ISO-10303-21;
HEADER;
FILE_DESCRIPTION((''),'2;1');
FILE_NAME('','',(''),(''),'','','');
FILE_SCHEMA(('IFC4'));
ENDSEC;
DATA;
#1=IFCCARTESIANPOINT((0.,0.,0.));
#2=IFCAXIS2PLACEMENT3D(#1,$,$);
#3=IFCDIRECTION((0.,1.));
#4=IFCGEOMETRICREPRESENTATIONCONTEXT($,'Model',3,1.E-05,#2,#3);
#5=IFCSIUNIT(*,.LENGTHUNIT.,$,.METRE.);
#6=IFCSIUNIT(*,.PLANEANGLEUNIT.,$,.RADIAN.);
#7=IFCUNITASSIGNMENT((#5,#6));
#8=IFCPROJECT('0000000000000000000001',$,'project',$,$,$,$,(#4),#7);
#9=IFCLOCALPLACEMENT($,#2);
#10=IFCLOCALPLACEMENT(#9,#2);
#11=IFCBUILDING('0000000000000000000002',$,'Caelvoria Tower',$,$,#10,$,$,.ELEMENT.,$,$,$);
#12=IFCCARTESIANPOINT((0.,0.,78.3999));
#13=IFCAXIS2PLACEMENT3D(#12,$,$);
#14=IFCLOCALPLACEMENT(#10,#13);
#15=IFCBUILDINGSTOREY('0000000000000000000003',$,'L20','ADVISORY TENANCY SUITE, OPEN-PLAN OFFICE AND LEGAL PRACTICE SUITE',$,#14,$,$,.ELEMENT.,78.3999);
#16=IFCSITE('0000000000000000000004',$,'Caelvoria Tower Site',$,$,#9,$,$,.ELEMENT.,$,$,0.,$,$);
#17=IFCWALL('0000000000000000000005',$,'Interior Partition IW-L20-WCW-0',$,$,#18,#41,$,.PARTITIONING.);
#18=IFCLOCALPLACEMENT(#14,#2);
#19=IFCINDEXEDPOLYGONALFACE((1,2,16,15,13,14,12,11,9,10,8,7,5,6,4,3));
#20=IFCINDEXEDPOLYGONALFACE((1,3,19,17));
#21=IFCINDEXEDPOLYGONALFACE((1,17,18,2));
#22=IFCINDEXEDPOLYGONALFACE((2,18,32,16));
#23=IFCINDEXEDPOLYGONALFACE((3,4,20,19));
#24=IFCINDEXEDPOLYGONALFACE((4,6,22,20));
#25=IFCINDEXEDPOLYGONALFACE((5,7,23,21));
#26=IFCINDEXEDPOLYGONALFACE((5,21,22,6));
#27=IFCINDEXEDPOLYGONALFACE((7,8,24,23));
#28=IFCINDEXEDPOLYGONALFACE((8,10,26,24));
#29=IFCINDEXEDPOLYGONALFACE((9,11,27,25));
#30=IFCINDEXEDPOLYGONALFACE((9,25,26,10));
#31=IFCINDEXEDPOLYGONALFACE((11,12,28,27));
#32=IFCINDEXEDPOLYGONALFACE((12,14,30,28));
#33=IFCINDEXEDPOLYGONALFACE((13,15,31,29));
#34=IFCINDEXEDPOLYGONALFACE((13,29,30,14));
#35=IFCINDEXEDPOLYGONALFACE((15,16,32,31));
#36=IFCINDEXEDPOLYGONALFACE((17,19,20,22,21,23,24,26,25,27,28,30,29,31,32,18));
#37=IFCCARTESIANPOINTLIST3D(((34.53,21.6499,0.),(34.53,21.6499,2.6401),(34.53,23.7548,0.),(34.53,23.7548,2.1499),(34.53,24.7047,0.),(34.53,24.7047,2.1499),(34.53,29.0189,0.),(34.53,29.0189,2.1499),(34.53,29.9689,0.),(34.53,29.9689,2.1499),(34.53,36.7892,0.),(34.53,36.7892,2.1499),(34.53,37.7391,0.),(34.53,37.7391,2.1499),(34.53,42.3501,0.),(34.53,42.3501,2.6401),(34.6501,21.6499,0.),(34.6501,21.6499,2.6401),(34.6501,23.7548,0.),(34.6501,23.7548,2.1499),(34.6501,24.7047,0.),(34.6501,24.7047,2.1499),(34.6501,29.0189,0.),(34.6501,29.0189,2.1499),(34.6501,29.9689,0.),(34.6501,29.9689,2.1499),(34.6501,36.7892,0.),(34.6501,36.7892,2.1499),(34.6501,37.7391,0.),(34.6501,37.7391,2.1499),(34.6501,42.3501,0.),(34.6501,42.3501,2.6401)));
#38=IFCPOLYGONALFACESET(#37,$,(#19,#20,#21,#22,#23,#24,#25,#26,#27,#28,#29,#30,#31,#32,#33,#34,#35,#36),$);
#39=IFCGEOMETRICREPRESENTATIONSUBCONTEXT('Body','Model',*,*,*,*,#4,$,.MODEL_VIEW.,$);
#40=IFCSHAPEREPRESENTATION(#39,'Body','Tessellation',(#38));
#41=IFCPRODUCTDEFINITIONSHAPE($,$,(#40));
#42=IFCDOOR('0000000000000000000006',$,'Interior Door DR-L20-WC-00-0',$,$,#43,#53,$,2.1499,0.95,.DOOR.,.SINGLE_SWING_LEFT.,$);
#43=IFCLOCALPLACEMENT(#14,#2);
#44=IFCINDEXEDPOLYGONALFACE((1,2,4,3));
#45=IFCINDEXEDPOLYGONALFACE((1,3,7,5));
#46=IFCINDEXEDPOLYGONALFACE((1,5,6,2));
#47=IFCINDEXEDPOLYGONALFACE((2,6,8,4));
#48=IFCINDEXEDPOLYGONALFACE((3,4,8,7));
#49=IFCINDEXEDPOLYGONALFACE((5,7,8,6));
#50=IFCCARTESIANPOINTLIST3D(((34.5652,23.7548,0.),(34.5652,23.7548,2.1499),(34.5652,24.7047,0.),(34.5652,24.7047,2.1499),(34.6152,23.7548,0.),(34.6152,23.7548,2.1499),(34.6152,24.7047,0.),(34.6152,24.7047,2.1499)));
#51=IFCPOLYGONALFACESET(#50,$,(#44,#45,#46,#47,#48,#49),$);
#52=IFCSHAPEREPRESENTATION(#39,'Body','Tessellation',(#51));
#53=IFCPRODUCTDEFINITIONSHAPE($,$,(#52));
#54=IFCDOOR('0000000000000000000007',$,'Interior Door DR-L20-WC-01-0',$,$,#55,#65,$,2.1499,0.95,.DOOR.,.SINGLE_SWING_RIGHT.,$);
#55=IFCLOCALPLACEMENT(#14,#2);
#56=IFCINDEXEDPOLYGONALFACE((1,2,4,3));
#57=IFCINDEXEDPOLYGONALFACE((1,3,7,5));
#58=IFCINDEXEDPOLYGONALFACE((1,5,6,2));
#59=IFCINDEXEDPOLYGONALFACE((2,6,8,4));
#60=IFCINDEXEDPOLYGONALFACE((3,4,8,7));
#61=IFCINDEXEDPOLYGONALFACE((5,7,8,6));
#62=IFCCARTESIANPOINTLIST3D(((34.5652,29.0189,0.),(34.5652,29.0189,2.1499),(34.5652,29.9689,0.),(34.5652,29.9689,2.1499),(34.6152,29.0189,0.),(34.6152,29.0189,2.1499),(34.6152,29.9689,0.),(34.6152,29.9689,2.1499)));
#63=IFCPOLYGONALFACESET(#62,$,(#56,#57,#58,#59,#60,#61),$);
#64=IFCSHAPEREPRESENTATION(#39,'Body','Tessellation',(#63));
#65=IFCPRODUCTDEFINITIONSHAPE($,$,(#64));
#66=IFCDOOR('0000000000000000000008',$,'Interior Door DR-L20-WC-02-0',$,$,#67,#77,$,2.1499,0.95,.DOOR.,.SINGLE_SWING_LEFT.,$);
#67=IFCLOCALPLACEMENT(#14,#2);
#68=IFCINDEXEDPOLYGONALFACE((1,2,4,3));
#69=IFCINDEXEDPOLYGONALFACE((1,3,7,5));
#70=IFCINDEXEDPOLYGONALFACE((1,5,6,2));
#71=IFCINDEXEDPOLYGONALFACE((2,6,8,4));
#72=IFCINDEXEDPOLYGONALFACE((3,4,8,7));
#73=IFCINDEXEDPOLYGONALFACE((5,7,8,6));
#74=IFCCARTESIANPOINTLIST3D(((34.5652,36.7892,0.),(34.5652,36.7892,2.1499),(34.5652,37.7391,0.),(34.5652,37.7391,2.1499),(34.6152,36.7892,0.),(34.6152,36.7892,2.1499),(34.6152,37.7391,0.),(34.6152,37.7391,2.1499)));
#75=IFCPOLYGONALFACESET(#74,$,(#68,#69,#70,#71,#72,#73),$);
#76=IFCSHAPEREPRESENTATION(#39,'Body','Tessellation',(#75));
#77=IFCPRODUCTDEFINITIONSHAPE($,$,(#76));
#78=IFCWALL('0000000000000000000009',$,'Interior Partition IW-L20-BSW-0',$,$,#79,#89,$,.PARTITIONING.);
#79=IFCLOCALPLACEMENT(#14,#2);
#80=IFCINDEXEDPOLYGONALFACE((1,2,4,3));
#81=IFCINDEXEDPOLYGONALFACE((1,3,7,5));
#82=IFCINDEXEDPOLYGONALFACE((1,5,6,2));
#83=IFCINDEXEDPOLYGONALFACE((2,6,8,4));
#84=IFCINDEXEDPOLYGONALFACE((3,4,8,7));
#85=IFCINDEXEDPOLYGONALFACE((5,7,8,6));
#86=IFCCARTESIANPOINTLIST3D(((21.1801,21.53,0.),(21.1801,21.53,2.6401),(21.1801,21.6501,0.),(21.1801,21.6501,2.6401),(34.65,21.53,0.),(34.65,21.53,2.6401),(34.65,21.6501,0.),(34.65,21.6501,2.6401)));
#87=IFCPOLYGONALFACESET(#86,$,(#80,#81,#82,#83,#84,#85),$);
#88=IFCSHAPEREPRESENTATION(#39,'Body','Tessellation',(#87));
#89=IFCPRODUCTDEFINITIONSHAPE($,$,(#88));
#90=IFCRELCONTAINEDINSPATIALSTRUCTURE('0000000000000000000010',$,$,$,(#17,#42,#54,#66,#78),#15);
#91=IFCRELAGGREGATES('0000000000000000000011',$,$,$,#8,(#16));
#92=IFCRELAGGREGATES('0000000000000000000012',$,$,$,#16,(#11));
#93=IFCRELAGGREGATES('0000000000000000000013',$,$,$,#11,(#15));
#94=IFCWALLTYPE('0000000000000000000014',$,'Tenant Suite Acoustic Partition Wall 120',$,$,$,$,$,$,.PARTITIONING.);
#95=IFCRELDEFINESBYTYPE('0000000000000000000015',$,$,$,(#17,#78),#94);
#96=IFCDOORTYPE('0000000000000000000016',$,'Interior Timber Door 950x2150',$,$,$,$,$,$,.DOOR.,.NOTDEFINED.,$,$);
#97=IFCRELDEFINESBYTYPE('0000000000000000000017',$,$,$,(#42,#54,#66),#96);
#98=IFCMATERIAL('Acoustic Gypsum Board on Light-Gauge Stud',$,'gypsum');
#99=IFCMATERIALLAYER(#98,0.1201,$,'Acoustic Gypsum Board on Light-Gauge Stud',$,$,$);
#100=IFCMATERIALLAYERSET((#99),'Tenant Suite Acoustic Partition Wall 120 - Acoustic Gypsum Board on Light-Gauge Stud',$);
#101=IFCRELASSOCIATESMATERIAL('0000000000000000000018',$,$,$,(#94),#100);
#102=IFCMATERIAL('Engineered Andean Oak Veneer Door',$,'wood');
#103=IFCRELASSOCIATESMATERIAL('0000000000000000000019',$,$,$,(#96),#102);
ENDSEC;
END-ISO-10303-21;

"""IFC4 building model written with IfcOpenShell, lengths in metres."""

from ifc_helpers import new_model, si_unit, direction, frame, frame_2d, origin, place, context, subcontext, project, spatial, rectangle, extrude, material, layer, layer_set, type_object, element, fill, save


model = new_model("IFC4")

# Units and contexts
model_context = context("Model", 3, precision=1e-05, world=origin(), true_north=direction((0.0, 1.0)))
body_context = subcontext(model_context, "Body", "Model", "MODEL_VIEW")
ifc_project = project(units=[si_unit("LENGTHUNIT", "METRE"), si_unit("PLANEANGLEUNIT", "RADIAN")], contexts=[model_context])

# Site, building, storey
site_placement = place(None, origin())
site = spatial("IfcSite", under=ifc_project, at=site_placement, Name="Caelvoria Tower Site", CompositionType="ELEMENT", RefElevation=0.0)
building_placement = place(site_placement, origin())
building = spatial("IfcBuilding", under=site, at=building_placement, Name="Caelvoria Tower", CompositionType="ELEMENT")
storey_placement = place(building_placement, frame((0.0, 0.0, 78.3999)))
storey = spatial("IfcBuildingStorey", under=building, at=storey_placement, Name="L20", Description="ADVISORY TENANCY SUITE, OPEN-PLAN OFFICE AND LEGAL PRACTICE SUITE", CompositionType="ELEMENT", Elevation=78.3999)

# Shared definitions
ifc_material_1 = material(Name="Acoustic Gypsum Board on Light-Gauge Stud", Category="gypsum")
ifc_layer_1 = layer(ifc_material_1, 0.1201, Name="Acoustic Gypsum Board on Light-Gauge Stud")
ifc_layer_set_1 = layer_set([ifc_layer_1], Name="Tenant Suite Acoustic Partition Wall 120 - Acoustic Gypsum Board on Light-Gauge Stud")
wall_type_1 = type_object("IfcWallType", Name="Tenant Suite Acoustic Partition Wall 120", PredefinedType="PARTITIONING", material=ifc_layer_set_1)
ifc_material_2 = material(Name="Engineered Andean Oak Veneer Door", Category="wood")
door_type_1 = type_object("IfcDoorType", Name="Interior Timber Door 950x2150", OperationType="NOTDEFINED", PredefinedType="DOOR", material=ifc_material_2)

# Wall, openings, doors
wall_1_placement = place(storey_placement, frame((34.5901, 21.6499, 0.0), z_axis=(0.0, 0.0, 1.0), x_axis=(0.0, 1.0, 0.0)))
wall_1 = element("IfcWall", 1, at=wall_1_placement, inside=storey, type_object=wall_type_1, Name="Interior Partition IW-L20-WCW-0", PredefinedType="PARTITIONING", context=body_context, shape_type="SweptSolid", body=[
    extrude(rectangle(XDim=20.7002, YDim=0.1201, at=frame_2d((10.3501, 0.0))), origin(), (0.0, 0.0, 1.0), 2.6401),
])
opening_1_placement = place(wall_1_placement, frame((2.1047, 0.0, 0.0)))
opening_1 = element("IfcOpeningElement", 2, at=opening_1_placement, cuts=wall_1, PredefinedType="OPENING", context=body_context, shape_type="SweptSolid", body=[
    extrude(rectangle(XDim=0.95, YDim=2.1499, at=frame_2d((0.4751, 1.075))), frame((0.0, 0.0701, 0.0), z_axis=(0.0, -1.0, 0.0), x_axis=(1.0, 0.0, 0.0)), (0.0, 0.0, 1.0), 0.1401),
])
opening_2_placement = place(wall_1_placement, frame((7.3689, 0.0, 0.0)))
opening_2 = element("IfcOpeningElement", 3, at=opening_2_placement, cuts=wall_1, PredefinedType="OPENING", context=body_context, shape_type="SweptSolid", body=[
    extrude(rectangle(XDim=0.95, YDim=2.1499, at=frame_2d((0.4751, 1.075))), frame((0.0, 0.0701, 0.0), z_axis=(0.0, -1.0, 0.0), x_axis=(1.0, 0.0, 0.0)), (0.0, 0.0, 1.0), 0.1401),
])
opening_3_placement = place(wall_1_placement, frame((15.1392, 0.0, 0.0)))
opening_3 = element("IfcOpeningElement", 4, at=opening_3_placement, cuts=wall_1, PredefinedType="OPENING", context=body_context, shape_type="SweptSolid", body=[
    extrude(rectangle(XDim=0.95, YDim=2.1499, at=frame_2d((0.4751, 1.075))), frame((0.0, 0.0701, 0.0), z_axis=(0.0, -1.0, 0.0), x_axis=(1.0, 0.0, 0.0)), (0.0, 0.0, 1.0), 0.1401),
])
door_1_placement = place(opening_1_placement, origin())
door_1 = element("IfcDoor", 5, at=door_1_placement, inside=storey, type_object=door_type_1, Name="Interior Door DR-L20-WC-00-0", OperationType="SINGLE_SWING_LEFT", OverallHeight=2.1499, OverallWidth=0.95, PredefinedType="DOOR", context=body_context, shape_type="SweptSolid", body=[
    extrude(rectangle(XDim=0.95, YDim=2.1499, at=frame_2d((0.4751, 1.075))), frame((0.0, 0.0249, 0.0), z_axis=(0.0, -1.0, 0.0), x_axis=(1.0, 0.0, 0.0)), (0.0, 0.0, 1.0), 0.05),
])
fill(opening_1, door_1)
door_2_placement = place(opening_2_placement, origin())
door_2 = element("IfcDoor", 6, at=door_2_placement, inside=storey, type_object=door_type_1, Name="Interior Door DR-L20-WC-01-0", OperationType="SINGLE_SWING_RIGHT", OverallHeight=2.1499, OverallWidth=0.95, PredefinedType="DOOR", context=body_context, shape_type="SweptSolid", body=[
    extrude(rectangle(XDim=0.95, YDim=2.1499, at=frame_2d((0.4751, 1.075))), frame((0.0, 0.0249, 0.0), z_axis=(0.0, -1.0, 0.0), x_axis=(1.0, 0.0, 0.0)), (0.0, 0.0, 1.0), 0.05),
])
fill(opening_2, door_2)
door_3_placement = place(opening_3_placement, origin())
door_3 = element("IfcDoor", 7, at=door_3_placement, inside=storey, type_object=door_type_1, Name="Interior Door DR-L20-WC-02-0", OperationType="SINGLE_SWING_LEFT", OverallHeight=2.1499, OverallWidth=0.95, PredefinedType="DOOR", context=body_context, shape_type="SweptSolid", body=[
    extrude(rectangle(XDim=0.95, YDim=2.1499, at=frame_2d((0.4751, 1.075))), frame((0.0, 0.0249, 0.0), z_axis=(0.0, -1.0, 0.0), x_axis=(1.0, 0.0, 0.0)), (0.0, 0.0, 1.0), 0.05),
])
fill(opening_3, door_3)

# Wall
wall_2_placement = place(storey_placement, frame((34.6499, 21.5901, 0.0), z_axis=(0.0, 0.0, 1.0), x_axis=(-1.0, 0.0, 0.0)))
element("IfcWall", 8, at=wall_2_placement, inside=storey, type_object=wall_type_1, Name="Interior Partition IW-L20-BSW-0", PredefinedType="PARTITIONING", context=body_context, shape_type="SweptSolid", body=[
    extrude(rectangle(XDim=13.47, YDim=0.1201, at=frame_2d((6.7349, 0.0))), origin(), (0.0, 0.0, 1.0), 2.6401),
])

save(model, "model.ifc")
